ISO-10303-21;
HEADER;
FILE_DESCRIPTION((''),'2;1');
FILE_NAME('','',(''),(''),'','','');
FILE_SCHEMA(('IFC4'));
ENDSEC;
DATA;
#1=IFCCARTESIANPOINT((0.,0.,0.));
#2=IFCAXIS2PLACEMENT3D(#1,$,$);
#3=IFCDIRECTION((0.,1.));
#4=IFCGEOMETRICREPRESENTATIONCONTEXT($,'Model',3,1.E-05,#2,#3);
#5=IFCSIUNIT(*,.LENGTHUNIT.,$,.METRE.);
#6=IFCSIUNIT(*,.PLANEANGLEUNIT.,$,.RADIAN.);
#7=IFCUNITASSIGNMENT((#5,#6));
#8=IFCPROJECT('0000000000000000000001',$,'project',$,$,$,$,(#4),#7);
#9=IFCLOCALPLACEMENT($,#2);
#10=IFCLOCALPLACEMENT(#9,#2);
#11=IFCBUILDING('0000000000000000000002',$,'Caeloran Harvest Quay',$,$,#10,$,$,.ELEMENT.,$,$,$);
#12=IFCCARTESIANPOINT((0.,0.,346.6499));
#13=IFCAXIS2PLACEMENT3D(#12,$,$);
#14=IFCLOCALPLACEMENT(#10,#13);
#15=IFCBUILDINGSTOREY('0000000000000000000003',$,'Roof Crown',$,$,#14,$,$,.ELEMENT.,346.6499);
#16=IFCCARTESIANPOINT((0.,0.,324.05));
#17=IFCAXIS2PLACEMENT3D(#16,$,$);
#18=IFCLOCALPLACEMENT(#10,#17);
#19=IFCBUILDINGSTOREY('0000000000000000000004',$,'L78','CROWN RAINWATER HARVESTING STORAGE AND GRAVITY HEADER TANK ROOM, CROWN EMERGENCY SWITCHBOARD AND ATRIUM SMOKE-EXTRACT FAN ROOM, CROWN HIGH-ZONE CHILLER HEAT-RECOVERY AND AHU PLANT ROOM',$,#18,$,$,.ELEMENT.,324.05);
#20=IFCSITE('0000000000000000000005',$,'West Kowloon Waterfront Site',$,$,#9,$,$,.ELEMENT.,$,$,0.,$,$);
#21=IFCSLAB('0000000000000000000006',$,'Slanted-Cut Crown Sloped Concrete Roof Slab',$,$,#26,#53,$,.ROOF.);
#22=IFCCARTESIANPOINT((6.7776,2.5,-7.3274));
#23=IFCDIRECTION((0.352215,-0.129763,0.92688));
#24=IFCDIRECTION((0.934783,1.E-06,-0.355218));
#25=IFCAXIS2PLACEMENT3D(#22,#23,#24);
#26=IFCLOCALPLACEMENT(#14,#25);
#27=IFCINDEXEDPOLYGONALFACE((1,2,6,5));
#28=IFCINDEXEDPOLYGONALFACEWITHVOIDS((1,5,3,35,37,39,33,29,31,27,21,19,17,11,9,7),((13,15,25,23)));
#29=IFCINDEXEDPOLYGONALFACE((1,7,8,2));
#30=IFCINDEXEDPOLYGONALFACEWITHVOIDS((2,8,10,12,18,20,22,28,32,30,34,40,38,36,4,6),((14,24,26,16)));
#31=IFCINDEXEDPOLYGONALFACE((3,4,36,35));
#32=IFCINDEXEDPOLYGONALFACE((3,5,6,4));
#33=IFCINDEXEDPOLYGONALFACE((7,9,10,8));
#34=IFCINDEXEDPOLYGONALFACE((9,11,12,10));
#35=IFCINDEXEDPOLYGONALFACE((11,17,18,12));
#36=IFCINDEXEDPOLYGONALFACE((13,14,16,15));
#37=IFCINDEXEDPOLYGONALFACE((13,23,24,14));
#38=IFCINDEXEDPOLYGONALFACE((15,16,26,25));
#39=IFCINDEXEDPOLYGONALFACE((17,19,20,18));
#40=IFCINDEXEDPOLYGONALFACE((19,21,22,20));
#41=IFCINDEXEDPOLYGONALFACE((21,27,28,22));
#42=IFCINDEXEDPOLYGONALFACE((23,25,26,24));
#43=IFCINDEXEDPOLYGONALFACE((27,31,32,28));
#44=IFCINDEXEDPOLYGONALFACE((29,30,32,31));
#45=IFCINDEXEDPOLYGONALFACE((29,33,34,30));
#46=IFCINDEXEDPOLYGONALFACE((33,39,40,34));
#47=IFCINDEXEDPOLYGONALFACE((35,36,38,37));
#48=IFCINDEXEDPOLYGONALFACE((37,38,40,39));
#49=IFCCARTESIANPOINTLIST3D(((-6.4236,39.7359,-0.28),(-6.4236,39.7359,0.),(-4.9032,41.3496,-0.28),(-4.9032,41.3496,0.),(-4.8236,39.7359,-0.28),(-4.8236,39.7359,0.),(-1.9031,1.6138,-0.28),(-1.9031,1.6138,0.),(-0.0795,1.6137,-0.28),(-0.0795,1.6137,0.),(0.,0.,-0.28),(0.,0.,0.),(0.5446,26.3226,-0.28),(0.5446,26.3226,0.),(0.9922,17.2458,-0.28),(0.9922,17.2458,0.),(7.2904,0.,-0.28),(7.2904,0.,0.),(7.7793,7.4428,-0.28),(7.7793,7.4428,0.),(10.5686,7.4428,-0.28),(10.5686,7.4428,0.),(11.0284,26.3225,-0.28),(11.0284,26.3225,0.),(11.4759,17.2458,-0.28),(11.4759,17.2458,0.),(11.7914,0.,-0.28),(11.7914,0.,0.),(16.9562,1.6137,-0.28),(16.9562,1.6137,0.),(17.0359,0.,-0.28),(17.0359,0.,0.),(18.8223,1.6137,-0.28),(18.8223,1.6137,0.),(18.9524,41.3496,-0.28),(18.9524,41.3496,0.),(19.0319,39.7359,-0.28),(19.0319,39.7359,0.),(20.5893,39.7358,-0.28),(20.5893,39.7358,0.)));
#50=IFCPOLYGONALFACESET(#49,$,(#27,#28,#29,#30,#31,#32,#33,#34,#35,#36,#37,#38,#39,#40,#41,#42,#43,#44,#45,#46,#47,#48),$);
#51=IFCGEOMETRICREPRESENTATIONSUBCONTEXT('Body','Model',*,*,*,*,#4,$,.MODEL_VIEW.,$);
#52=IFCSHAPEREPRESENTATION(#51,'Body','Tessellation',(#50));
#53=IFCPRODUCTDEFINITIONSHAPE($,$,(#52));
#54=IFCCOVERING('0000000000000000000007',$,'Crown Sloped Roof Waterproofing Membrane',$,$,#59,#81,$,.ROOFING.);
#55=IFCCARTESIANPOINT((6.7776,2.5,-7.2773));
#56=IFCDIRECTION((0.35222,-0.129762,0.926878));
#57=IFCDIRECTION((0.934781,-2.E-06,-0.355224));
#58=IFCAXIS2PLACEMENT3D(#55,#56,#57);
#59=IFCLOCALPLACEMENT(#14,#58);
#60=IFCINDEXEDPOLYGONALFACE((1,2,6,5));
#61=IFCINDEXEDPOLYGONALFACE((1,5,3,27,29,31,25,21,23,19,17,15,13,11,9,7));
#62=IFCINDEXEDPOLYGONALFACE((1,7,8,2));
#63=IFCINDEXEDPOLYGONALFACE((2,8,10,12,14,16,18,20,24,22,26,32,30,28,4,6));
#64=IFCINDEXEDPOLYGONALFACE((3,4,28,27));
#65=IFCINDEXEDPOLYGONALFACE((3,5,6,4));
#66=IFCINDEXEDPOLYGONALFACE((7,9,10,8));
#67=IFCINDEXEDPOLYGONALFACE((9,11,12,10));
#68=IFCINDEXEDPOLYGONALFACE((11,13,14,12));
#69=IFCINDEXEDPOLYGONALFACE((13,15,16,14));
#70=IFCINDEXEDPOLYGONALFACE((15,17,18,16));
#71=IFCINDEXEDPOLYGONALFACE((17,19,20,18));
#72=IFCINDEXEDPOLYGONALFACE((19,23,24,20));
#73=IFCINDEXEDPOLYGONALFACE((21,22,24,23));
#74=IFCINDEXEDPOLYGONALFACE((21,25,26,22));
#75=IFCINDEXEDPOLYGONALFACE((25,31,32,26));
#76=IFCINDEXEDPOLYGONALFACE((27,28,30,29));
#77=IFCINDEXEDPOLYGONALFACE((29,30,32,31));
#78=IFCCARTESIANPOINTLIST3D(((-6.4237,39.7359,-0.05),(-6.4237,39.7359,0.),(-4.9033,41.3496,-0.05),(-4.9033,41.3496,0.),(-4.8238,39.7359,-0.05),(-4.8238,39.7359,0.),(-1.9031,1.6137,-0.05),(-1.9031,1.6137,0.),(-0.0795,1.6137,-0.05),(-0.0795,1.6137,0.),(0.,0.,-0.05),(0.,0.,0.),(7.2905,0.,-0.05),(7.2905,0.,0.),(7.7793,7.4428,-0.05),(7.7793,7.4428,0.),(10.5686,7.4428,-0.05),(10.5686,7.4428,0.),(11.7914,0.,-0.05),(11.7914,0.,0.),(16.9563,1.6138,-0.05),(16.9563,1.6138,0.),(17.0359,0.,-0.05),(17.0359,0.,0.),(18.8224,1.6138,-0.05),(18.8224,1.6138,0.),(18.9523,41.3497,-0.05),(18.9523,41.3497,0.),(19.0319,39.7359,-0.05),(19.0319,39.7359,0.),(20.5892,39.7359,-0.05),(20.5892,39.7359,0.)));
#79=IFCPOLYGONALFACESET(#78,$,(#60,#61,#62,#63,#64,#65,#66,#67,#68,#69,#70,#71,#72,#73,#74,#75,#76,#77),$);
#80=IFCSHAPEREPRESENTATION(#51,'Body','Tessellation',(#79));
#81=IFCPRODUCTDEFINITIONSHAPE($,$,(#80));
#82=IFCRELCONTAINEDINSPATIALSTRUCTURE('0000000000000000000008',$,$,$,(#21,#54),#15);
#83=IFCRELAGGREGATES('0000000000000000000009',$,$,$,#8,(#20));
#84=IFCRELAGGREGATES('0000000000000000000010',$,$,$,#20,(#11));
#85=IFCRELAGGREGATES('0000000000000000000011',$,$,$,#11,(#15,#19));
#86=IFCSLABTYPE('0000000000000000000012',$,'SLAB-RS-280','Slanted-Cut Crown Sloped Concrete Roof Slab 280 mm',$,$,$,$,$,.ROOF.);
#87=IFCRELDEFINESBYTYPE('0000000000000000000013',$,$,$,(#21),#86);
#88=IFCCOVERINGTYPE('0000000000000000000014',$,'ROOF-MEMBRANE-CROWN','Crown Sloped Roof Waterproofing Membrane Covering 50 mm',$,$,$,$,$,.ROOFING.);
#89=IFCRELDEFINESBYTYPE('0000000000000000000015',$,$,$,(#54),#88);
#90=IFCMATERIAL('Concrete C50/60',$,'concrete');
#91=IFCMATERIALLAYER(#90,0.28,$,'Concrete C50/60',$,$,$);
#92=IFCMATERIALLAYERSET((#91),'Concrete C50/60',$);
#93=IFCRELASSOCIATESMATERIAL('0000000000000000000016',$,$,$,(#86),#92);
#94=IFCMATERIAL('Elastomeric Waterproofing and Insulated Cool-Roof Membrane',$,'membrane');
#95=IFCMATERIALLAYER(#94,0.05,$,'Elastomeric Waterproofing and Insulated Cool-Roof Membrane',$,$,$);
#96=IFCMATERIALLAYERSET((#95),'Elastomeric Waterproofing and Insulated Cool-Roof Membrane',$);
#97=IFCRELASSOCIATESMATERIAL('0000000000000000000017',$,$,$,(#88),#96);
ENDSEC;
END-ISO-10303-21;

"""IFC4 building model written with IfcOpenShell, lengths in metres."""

from ifc_helpers import new_model, si_unit, direction, frame, origin, place, context, subcontext, project, spatial, polyline, outline, extrude, material, layer, layer_set, type_object, element, save


model = new_model("IFC4")

# Units and contexts
model_context = context("Model", 3, precision=1e-05, world=origin(), true_north=direction((0.0, 1.0)))
body_context = subcontext(model_context, "Body", "Model", "MODEL_VIEW")
ifc_project = project(units=[si_unit("LENGTHUNIT", "METRE"), si_unit("PLANEANGLEUNIT", "RADIAN")], contexts=[model_context])

# Site, building, storey
site_placement = place(None, origin())
site = spatial("IfcSite", under=ifc_project, at=site_placement, Name="West Kowloon Waterfront Site", CompositionType="ELEMENT", RefElevation=0.0)
building_placement = place(site_placement, origin())
building = spatial("IfcBuilding", under=site, at=building_placement, Name="Caeloran Harvest Quay", CompositionType="ELEMENT")
storey_1_placement = place(building_placement, frame((0.0, 0.0, 346.6499)))
storey_1 = spatial("IfcBuildingStorey", under=building, at=storey_1_placement, Name="Roof Crown", CompositionType="ELEMENT", Elevation=346.6499)

# Slab
ifc_material_1 = material(Name="Concrete C50/60", Category="concrete")
ifc_layer_1 = layer(ifc_material_1, 0.28, Name="Concrete C50/60")
ifc_layer_set_1 = layer_set([ifc_layer_1], Name="Concrete C50/60")
slab_type_1 = type_object("IfcSlabType", Name="SLAB-RS-280", Description="Slanted-Cut Crown Sloped Concrete Roof Slab 280 mm", PredefinedType="ROOF", material=ifc_layer_set_1)
slab_1_placement = place(storey_1_placement, frame((6.7776, 2.5, -7.3274), z_axis=(0.352215, -0.129763, 0.92688), x_axis=(0.934783, 0.000001, -0.355218)))
element("IfcSlab", 1, at=slab_1_placement, inside=storey_1, type_object=slab_type_1, Name="Slanted-Cut Crown Sloped Concrete Roof Slab", PredefinedType="ROOF", context=body_context, shape_type="SweptSolid", body=[
    extrude(outline(polyline([(0.0, 0.0), (7.2904, 0.0), (7.7793, 7.4428), (10.5686, 7.4428), (11.7914, 0.0), (17.0359, 0.0), (16.9562, 1.6137), (18.8223, 1.6137), (20.5893, 39.7358), (19.0319, 39.7359), (18.9524, 41.3496), (-4.9032, 41.3496), (-4.8236, 39.7359), (-6.4236, 39.7359), (-1.9031, 1.6138), (-0.0795, 1.6137), (0.0, 0.0)]), holes=[polyline([(0.9922, 17.2458), (11.4759, 17.2458), (11.0284, 26.3225), (0.5446, 26.3226), (0.9922, 17.2458)])]), origin(), (0.0, 0.0, -1.0), 0.28),
])

# Shared definitions
storey_2_placement = place(building_placement, frame((0.0, 0.0, 324.05)))
storey_2 = spatial("IfcBuildingStorey", under=building, at=storey_2_placement, Name="L78", Description="CROWN RAINWATER HARVESTING STORAGE AND GRAVITY HEADER TANK ROOM, CROWN EMERGENCY SWITCHBOARD AND ATRIUM SMOKE-EXTRACT FAN ROOM, CROWN HIGH-ZONE CHILLER HEAT-RECOVERY AND AHU PLANT ROOM", CompositionType="ELEMENT", Elevation=324.05)

# Covering
ifc_material_2 = material(Name="Elastomeric Waterproofing and Insulated Cool-Roof Membrane", Category="membrane")
ifc_layer_2 = layer(ifc_material_2, 0.05, Name="Elastomeric Waterproofing and Insulated Cool-Roof Membrane")
ifc_layer_set_2 = layer_set([ifc_layer_2], Name="Elastomeric Waterproofing and Insulated Cool-Roof Membrane")
covering_type = type_object("IfcCoveringType", Name="ROOF-MEMBRANE-CROWN", Description="Crown Sloped Roof Waterproofing Membrane Covering 50 mm", PredefinedType="ROOFING", material=ifc_layer_set_2)
covering_placement = place(storey_1_placement, frame((6.7776, 2.5, -7.2773), z_axis=(0.35222, -0.129762, 0.926878), x_axis=(0.934781, -0.000002, -0.355224)))
element("IfcCovering", 2, at=covering_placement, inside=storey_1, type_object=covering_type, Name="Crown Sloped Roof Waterproofing Membrane", PredefinedType="ROOFING", context=body_context, shape_type="SweptSolid", body=[
    extrude(outline(polyline([(0.0, 0.0), (7.2905, 0.0), (7.7793, 7.4428), (10.5686, 7.4428), (11.7914, 0.0), (17.0359, 0.0), (16.9563, 1.6138), (18.8224, 1.6138), (20.5892, 39.7359), (19.0319, 39.7359), (18.9523, 41.3497), (-4.9033, 41.3496), (-4.8238, 39.7359), (-6.4237, 39.7359), (-1.9031, 1.6137), (-0.0795, 1.6137), (0.0, 0.0)])), origin(), (0.0, 0.0, -1.0), 0.05),
])

save(model, "model.ifc")
